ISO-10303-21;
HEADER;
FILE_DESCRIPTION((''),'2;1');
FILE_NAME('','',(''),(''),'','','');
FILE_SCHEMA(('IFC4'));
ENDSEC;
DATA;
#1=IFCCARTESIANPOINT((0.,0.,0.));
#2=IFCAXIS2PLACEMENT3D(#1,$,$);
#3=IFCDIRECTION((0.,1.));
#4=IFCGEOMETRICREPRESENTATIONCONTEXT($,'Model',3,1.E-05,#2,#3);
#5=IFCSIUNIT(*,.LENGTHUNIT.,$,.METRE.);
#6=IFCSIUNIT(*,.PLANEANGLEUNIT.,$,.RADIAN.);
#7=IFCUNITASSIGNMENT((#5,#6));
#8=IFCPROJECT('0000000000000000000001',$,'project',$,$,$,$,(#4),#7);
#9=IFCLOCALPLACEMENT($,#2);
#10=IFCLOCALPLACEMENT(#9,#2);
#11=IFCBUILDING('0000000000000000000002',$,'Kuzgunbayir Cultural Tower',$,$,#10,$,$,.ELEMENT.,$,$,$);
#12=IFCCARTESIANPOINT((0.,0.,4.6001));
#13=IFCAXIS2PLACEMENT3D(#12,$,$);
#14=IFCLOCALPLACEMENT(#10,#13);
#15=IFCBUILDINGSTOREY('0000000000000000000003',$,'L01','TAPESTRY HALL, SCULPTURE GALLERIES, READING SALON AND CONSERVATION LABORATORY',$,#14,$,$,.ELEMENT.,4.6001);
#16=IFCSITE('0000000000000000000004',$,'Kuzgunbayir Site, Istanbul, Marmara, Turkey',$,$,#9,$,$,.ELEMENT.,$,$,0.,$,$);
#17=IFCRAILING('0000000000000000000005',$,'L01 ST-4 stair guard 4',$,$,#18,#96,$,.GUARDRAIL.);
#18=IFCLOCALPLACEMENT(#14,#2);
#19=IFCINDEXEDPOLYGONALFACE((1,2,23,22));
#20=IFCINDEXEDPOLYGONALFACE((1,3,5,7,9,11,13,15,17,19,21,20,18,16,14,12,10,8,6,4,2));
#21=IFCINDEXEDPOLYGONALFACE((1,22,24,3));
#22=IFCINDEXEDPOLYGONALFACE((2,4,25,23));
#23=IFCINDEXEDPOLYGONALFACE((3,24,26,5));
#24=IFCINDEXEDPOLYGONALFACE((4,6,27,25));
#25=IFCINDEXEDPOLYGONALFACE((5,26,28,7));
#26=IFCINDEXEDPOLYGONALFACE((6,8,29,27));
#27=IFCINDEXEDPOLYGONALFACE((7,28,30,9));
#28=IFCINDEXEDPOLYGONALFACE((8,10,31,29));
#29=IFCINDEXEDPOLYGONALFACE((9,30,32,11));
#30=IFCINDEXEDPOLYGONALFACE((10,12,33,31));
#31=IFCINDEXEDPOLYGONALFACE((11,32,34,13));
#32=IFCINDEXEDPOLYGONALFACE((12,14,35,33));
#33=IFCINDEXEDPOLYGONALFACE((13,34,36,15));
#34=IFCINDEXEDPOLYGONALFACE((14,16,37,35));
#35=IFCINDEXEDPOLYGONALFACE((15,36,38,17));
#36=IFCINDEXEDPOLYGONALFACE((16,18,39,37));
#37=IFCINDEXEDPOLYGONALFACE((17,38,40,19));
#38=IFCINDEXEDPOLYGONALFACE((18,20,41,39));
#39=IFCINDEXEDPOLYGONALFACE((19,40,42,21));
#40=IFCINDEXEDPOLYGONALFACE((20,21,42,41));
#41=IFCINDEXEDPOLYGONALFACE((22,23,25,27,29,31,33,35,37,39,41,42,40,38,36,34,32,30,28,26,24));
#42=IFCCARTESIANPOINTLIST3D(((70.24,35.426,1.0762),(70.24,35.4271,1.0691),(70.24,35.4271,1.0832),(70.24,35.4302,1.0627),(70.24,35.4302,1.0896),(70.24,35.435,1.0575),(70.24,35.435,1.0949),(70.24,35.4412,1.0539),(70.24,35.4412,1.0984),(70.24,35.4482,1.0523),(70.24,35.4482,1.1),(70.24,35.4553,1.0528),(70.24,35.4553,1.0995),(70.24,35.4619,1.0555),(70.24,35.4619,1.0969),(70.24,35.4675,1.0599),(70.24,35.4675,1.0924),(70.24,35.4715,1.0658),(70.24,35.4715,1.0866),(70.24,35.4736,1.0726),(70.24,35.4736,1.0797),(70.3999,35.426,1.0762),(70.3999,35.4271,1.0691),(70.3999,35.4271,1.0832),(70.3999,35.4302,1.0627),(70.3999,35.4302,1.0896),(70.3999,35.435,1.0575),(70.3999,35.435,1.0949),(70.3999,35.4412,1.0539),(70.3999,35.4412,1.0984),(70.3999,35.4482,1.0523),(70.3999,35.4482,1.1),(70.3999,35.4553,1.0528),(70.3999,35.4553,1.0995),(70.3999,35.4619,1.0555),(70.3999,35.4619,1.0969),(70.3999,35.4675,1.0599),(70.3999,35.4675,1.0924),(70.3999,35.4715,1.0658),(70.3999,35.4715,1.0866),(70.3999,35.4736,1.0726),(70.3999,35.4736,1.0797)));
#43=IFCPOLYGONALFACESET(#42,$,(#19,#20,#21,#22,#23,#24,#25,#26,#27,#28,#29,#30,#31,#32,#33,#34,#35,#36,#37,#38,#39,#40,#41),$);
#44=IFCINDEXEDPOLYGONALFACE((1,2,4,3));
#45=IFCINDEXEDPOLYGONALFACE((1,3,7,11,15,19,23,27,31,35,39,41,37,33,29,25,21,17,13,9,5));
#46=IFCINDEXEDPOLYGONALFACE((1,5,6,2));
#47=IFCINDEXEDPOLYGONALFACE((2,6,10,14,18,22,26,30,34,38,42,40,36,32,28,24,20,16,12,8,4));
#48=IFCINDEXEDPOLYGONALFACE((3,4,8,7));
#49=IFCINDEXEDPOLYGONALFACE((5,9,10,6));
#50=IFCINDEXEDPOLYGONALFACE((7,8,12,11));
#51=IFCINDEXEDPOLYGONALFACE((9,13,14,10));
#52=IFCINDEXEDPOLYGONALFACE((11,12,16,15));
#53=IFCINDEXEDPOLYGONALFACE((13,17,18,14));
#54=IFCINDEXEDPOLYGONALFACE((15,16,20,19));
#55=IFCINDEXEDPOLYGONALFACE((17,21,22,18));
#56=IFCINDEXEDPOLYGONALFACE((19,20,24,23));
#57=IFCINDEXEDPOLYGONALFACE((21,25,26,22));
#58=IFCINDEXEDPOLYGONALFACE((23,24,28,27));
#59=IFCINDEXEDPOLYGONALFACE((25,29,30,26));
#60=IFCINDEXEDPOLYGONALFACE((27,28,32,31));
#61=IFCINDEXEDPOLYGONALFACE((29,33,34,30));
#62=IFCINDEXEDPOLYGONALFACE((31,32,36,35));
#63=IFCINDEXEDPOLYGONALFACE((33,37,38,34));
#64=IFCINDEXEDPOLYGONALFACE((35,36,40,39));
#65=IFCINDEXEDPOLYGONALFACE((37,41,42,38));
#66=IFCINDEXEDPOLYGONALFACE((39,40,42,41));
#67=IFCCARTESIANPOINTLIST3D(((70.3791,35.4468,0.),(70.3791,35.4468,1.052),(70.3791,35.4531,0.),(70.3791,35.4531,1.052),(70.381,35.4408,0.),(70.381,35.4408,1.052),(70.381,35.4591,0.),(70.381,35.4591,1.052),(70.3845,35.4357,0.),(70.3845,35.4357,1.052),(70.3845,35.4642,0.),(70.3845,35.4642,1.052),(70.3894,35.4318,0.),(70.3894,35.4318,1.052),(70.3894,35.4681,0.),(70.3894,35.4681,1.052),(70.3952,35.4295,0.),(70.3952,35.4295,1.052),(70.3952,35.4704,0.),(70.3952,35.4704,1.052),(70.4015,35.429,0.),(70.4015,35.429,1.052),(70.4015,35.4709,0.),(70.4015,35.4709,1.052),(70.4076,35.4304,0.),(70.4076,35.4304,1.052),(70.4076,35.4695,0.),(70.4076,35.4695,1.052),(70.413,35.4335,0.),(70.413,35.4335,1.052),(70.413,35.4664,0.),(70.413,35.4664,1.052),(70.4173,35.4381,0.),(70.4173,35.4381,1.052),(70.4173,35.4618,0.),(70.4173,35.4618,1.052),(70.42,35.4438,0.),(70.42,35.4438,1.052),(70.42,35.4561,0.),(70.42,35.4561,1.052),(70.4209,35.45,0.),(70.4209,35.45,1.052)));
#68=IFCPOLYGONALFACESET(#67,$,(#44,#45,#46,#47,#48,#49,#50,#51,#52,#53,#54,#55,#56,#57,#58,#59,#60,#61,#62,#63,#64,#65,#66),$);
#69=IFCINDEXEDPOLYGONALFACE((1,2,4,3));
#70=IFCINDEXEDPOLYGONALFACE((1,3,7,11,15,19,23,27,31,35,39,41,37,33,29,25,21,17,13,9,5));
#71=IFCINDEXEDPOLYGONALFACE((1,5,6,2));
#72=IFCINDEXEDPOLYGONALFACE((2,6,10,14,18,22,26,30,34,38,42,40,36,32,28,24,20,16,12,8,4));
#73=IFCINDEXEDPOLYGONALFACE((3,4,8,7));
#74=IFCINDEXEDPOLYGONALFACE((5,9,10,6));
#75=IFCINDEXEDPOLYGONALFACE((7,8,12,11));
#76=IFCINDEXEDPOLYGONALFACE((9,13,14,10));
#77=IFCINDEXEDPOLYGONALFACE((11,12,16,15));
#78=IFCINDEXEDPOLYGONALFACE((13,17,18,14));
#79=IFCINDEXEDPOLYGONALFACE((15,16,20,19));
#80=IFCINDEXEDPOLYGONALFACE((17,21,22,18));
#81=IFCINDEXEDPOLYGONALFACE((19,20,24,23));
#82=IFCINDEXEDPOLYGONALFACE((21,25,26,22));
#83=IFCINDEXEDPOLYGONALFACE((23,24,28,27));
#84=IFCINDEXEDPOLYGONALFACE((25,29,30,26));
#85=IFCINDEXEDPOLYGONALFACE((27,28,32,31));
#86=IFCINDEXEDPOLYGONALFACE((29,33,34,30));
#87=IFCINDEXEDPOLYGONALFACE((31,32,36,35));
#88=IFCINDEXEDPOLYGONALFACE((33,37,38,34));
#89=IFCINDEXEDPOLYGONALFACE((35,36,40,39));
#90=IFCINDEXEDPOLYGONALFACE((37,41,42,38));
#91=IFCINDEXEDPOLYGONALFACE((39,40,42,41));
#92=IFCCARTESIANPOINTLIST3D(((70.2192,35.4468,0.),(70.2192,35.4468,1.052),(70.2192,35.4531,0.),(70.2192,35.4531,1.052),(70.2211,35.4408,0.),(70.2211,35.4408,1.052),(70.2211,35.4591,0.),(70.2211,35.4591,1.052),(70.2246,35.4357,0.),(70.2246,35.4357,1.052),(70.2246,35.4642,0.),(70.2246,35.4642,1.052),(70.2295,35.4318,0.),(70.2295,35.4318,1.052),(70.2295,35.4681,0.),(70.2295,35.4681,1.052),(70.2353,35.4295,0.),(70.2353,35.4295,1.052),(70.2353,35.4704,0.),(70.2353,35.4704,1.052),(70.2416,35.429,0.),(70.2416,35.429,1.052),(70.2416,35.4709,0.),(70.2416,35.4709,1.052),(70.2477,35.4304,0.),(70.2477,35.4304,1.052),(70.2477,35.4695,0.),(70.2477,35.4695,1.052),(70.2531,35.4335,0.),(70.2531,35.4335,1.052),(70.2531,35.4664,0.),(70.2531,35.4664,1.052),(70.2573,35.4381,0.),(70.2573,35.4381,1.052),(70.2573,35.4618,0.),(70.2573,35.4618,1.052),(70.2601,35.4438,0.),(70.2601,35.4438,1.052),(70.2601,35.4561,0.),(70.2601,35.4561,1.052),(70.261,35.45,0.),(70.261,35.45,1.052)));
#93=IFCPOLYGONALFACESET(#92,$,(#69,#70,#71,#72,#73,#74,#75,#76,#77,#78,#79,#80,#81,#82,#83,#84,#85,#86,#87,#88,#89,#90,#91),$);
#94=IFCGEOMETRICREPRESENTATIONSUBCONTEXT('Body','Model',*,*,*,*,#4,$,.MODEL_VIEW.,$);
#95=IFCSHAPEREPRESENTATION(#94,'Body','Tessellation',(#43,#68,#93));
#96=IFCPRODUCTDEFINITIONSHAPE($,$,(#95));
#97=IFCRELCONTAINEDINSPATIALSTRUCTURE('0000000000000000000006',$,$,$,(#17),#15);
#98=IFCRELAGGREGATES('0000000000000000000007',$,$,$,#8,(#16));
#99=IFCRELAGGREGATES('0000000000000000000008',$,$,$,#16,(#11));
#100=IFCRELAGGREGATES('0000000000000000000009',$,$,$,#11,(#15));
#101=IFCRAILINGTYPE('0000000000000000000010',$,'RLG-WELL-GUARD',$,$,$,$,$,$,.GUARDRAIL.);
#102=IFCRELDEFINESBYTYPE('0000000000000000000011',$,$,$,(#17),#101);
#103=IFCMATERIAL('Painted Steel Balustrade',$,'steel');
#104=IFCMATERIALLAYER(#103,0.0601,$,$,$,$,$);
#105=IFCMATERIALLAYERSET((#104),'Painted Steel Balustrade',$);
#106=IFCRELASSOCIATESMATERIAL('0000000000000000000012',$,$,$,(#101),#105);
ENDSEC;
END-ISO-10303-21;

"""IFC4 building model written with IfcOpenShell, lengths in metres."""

from ifc_helpers import new_model, si_unit, direction, frame, origin, origin_2d, place, context, subcontext, project, spatial, circle, extrude, material, layer, layer_set, type_object, element, save


model = new_model("IFC4")

# Units and contexts
model_context = context("Model", 3, precision=1e-05, world=origin(), true_north=direction((0.0, 1.0)))
body_context = subcontext(model_context, "Body", "Model", "MODEL_VIEW")
ifc_project = project(units=[si_unit("LENGTHUNIT", "METRE"), si_unit("PLANEANGLEUNIT", "RADIAN")], contexts=[model_context])

# Site, building, storey
site_placement = place(None, origin())
site = spatial("IfcSite", under=ifc_project, at=site_placement, Name="Kuzgunbayir Site, Istanbul, Marmara, Turkey", CompositionType="ELEMENT", RefElevation=0.0)
building_placement = place(site_placement, origin())
building = spatial("IfcBuilding", under=site, at=building_placement, Name="Kuzgunbayir Cultural Tower", CompositionType="ELEMENT")
storey_placement = place(building_placement, frame((0.0, 0.0, 4.6001)))
storey = spatial("IfcBuildingStorey", under=building, at=storey_placement, Name="L01", Description="TAPESTRY HALL, SCULPTURE GALLERIES, READING SALON AND CONSERVATION LABORATORY", CompositionType="ELEMENT", Elevation=4.6001)

# Railing
ifc_material_1 = material(Name="Painted Steel Balustrade", Category="steel")
ifc_layer_1 = layer(ifc_material_1, 0.0601)
ifc_layer_set_1 = layer_set([ifc_layer_1], Name="Painted Steel Balustrade")
railing_type = type_object("IfcRailingType", Name="RLG-WELL-GUARD", PredefinedType="GUARDRAIL", material=ifc_layer_set_1)
railing_1_placement = place(storey_placement, frame((70.3999, 35.45, 0.0)))
element("IfcRailing", 1, at=railing_1_placement, inside=storey, type_object=railing_type, Name="L01 ST-4 stair guard 4", PredefinedType="GUARDRAIL", context=body_context, shape_type="SweptSolid", body=[
    extrude(circle(Radius=0.0239, at=origin_2d()), frame((0.0, 0.0, 1.0762), z_axis=(-1.0, 0.0, 0.0), x_axis=(0.0, -1.0, 0.0)), (0.0, 0.0, 1.0), 0.1599),
    extrude(circle(Radius=0.021, at=origin_2d()), origin(), (0.0, 0.0, 1.0), 1.052),
    extrude(circle(Radius=0.021, at=origin_2d()), frame((-0.1599, 0.0, 0.0)), (0.0, 0.0, 1.0), 1.052),
])

save(model, "model.ifc")
